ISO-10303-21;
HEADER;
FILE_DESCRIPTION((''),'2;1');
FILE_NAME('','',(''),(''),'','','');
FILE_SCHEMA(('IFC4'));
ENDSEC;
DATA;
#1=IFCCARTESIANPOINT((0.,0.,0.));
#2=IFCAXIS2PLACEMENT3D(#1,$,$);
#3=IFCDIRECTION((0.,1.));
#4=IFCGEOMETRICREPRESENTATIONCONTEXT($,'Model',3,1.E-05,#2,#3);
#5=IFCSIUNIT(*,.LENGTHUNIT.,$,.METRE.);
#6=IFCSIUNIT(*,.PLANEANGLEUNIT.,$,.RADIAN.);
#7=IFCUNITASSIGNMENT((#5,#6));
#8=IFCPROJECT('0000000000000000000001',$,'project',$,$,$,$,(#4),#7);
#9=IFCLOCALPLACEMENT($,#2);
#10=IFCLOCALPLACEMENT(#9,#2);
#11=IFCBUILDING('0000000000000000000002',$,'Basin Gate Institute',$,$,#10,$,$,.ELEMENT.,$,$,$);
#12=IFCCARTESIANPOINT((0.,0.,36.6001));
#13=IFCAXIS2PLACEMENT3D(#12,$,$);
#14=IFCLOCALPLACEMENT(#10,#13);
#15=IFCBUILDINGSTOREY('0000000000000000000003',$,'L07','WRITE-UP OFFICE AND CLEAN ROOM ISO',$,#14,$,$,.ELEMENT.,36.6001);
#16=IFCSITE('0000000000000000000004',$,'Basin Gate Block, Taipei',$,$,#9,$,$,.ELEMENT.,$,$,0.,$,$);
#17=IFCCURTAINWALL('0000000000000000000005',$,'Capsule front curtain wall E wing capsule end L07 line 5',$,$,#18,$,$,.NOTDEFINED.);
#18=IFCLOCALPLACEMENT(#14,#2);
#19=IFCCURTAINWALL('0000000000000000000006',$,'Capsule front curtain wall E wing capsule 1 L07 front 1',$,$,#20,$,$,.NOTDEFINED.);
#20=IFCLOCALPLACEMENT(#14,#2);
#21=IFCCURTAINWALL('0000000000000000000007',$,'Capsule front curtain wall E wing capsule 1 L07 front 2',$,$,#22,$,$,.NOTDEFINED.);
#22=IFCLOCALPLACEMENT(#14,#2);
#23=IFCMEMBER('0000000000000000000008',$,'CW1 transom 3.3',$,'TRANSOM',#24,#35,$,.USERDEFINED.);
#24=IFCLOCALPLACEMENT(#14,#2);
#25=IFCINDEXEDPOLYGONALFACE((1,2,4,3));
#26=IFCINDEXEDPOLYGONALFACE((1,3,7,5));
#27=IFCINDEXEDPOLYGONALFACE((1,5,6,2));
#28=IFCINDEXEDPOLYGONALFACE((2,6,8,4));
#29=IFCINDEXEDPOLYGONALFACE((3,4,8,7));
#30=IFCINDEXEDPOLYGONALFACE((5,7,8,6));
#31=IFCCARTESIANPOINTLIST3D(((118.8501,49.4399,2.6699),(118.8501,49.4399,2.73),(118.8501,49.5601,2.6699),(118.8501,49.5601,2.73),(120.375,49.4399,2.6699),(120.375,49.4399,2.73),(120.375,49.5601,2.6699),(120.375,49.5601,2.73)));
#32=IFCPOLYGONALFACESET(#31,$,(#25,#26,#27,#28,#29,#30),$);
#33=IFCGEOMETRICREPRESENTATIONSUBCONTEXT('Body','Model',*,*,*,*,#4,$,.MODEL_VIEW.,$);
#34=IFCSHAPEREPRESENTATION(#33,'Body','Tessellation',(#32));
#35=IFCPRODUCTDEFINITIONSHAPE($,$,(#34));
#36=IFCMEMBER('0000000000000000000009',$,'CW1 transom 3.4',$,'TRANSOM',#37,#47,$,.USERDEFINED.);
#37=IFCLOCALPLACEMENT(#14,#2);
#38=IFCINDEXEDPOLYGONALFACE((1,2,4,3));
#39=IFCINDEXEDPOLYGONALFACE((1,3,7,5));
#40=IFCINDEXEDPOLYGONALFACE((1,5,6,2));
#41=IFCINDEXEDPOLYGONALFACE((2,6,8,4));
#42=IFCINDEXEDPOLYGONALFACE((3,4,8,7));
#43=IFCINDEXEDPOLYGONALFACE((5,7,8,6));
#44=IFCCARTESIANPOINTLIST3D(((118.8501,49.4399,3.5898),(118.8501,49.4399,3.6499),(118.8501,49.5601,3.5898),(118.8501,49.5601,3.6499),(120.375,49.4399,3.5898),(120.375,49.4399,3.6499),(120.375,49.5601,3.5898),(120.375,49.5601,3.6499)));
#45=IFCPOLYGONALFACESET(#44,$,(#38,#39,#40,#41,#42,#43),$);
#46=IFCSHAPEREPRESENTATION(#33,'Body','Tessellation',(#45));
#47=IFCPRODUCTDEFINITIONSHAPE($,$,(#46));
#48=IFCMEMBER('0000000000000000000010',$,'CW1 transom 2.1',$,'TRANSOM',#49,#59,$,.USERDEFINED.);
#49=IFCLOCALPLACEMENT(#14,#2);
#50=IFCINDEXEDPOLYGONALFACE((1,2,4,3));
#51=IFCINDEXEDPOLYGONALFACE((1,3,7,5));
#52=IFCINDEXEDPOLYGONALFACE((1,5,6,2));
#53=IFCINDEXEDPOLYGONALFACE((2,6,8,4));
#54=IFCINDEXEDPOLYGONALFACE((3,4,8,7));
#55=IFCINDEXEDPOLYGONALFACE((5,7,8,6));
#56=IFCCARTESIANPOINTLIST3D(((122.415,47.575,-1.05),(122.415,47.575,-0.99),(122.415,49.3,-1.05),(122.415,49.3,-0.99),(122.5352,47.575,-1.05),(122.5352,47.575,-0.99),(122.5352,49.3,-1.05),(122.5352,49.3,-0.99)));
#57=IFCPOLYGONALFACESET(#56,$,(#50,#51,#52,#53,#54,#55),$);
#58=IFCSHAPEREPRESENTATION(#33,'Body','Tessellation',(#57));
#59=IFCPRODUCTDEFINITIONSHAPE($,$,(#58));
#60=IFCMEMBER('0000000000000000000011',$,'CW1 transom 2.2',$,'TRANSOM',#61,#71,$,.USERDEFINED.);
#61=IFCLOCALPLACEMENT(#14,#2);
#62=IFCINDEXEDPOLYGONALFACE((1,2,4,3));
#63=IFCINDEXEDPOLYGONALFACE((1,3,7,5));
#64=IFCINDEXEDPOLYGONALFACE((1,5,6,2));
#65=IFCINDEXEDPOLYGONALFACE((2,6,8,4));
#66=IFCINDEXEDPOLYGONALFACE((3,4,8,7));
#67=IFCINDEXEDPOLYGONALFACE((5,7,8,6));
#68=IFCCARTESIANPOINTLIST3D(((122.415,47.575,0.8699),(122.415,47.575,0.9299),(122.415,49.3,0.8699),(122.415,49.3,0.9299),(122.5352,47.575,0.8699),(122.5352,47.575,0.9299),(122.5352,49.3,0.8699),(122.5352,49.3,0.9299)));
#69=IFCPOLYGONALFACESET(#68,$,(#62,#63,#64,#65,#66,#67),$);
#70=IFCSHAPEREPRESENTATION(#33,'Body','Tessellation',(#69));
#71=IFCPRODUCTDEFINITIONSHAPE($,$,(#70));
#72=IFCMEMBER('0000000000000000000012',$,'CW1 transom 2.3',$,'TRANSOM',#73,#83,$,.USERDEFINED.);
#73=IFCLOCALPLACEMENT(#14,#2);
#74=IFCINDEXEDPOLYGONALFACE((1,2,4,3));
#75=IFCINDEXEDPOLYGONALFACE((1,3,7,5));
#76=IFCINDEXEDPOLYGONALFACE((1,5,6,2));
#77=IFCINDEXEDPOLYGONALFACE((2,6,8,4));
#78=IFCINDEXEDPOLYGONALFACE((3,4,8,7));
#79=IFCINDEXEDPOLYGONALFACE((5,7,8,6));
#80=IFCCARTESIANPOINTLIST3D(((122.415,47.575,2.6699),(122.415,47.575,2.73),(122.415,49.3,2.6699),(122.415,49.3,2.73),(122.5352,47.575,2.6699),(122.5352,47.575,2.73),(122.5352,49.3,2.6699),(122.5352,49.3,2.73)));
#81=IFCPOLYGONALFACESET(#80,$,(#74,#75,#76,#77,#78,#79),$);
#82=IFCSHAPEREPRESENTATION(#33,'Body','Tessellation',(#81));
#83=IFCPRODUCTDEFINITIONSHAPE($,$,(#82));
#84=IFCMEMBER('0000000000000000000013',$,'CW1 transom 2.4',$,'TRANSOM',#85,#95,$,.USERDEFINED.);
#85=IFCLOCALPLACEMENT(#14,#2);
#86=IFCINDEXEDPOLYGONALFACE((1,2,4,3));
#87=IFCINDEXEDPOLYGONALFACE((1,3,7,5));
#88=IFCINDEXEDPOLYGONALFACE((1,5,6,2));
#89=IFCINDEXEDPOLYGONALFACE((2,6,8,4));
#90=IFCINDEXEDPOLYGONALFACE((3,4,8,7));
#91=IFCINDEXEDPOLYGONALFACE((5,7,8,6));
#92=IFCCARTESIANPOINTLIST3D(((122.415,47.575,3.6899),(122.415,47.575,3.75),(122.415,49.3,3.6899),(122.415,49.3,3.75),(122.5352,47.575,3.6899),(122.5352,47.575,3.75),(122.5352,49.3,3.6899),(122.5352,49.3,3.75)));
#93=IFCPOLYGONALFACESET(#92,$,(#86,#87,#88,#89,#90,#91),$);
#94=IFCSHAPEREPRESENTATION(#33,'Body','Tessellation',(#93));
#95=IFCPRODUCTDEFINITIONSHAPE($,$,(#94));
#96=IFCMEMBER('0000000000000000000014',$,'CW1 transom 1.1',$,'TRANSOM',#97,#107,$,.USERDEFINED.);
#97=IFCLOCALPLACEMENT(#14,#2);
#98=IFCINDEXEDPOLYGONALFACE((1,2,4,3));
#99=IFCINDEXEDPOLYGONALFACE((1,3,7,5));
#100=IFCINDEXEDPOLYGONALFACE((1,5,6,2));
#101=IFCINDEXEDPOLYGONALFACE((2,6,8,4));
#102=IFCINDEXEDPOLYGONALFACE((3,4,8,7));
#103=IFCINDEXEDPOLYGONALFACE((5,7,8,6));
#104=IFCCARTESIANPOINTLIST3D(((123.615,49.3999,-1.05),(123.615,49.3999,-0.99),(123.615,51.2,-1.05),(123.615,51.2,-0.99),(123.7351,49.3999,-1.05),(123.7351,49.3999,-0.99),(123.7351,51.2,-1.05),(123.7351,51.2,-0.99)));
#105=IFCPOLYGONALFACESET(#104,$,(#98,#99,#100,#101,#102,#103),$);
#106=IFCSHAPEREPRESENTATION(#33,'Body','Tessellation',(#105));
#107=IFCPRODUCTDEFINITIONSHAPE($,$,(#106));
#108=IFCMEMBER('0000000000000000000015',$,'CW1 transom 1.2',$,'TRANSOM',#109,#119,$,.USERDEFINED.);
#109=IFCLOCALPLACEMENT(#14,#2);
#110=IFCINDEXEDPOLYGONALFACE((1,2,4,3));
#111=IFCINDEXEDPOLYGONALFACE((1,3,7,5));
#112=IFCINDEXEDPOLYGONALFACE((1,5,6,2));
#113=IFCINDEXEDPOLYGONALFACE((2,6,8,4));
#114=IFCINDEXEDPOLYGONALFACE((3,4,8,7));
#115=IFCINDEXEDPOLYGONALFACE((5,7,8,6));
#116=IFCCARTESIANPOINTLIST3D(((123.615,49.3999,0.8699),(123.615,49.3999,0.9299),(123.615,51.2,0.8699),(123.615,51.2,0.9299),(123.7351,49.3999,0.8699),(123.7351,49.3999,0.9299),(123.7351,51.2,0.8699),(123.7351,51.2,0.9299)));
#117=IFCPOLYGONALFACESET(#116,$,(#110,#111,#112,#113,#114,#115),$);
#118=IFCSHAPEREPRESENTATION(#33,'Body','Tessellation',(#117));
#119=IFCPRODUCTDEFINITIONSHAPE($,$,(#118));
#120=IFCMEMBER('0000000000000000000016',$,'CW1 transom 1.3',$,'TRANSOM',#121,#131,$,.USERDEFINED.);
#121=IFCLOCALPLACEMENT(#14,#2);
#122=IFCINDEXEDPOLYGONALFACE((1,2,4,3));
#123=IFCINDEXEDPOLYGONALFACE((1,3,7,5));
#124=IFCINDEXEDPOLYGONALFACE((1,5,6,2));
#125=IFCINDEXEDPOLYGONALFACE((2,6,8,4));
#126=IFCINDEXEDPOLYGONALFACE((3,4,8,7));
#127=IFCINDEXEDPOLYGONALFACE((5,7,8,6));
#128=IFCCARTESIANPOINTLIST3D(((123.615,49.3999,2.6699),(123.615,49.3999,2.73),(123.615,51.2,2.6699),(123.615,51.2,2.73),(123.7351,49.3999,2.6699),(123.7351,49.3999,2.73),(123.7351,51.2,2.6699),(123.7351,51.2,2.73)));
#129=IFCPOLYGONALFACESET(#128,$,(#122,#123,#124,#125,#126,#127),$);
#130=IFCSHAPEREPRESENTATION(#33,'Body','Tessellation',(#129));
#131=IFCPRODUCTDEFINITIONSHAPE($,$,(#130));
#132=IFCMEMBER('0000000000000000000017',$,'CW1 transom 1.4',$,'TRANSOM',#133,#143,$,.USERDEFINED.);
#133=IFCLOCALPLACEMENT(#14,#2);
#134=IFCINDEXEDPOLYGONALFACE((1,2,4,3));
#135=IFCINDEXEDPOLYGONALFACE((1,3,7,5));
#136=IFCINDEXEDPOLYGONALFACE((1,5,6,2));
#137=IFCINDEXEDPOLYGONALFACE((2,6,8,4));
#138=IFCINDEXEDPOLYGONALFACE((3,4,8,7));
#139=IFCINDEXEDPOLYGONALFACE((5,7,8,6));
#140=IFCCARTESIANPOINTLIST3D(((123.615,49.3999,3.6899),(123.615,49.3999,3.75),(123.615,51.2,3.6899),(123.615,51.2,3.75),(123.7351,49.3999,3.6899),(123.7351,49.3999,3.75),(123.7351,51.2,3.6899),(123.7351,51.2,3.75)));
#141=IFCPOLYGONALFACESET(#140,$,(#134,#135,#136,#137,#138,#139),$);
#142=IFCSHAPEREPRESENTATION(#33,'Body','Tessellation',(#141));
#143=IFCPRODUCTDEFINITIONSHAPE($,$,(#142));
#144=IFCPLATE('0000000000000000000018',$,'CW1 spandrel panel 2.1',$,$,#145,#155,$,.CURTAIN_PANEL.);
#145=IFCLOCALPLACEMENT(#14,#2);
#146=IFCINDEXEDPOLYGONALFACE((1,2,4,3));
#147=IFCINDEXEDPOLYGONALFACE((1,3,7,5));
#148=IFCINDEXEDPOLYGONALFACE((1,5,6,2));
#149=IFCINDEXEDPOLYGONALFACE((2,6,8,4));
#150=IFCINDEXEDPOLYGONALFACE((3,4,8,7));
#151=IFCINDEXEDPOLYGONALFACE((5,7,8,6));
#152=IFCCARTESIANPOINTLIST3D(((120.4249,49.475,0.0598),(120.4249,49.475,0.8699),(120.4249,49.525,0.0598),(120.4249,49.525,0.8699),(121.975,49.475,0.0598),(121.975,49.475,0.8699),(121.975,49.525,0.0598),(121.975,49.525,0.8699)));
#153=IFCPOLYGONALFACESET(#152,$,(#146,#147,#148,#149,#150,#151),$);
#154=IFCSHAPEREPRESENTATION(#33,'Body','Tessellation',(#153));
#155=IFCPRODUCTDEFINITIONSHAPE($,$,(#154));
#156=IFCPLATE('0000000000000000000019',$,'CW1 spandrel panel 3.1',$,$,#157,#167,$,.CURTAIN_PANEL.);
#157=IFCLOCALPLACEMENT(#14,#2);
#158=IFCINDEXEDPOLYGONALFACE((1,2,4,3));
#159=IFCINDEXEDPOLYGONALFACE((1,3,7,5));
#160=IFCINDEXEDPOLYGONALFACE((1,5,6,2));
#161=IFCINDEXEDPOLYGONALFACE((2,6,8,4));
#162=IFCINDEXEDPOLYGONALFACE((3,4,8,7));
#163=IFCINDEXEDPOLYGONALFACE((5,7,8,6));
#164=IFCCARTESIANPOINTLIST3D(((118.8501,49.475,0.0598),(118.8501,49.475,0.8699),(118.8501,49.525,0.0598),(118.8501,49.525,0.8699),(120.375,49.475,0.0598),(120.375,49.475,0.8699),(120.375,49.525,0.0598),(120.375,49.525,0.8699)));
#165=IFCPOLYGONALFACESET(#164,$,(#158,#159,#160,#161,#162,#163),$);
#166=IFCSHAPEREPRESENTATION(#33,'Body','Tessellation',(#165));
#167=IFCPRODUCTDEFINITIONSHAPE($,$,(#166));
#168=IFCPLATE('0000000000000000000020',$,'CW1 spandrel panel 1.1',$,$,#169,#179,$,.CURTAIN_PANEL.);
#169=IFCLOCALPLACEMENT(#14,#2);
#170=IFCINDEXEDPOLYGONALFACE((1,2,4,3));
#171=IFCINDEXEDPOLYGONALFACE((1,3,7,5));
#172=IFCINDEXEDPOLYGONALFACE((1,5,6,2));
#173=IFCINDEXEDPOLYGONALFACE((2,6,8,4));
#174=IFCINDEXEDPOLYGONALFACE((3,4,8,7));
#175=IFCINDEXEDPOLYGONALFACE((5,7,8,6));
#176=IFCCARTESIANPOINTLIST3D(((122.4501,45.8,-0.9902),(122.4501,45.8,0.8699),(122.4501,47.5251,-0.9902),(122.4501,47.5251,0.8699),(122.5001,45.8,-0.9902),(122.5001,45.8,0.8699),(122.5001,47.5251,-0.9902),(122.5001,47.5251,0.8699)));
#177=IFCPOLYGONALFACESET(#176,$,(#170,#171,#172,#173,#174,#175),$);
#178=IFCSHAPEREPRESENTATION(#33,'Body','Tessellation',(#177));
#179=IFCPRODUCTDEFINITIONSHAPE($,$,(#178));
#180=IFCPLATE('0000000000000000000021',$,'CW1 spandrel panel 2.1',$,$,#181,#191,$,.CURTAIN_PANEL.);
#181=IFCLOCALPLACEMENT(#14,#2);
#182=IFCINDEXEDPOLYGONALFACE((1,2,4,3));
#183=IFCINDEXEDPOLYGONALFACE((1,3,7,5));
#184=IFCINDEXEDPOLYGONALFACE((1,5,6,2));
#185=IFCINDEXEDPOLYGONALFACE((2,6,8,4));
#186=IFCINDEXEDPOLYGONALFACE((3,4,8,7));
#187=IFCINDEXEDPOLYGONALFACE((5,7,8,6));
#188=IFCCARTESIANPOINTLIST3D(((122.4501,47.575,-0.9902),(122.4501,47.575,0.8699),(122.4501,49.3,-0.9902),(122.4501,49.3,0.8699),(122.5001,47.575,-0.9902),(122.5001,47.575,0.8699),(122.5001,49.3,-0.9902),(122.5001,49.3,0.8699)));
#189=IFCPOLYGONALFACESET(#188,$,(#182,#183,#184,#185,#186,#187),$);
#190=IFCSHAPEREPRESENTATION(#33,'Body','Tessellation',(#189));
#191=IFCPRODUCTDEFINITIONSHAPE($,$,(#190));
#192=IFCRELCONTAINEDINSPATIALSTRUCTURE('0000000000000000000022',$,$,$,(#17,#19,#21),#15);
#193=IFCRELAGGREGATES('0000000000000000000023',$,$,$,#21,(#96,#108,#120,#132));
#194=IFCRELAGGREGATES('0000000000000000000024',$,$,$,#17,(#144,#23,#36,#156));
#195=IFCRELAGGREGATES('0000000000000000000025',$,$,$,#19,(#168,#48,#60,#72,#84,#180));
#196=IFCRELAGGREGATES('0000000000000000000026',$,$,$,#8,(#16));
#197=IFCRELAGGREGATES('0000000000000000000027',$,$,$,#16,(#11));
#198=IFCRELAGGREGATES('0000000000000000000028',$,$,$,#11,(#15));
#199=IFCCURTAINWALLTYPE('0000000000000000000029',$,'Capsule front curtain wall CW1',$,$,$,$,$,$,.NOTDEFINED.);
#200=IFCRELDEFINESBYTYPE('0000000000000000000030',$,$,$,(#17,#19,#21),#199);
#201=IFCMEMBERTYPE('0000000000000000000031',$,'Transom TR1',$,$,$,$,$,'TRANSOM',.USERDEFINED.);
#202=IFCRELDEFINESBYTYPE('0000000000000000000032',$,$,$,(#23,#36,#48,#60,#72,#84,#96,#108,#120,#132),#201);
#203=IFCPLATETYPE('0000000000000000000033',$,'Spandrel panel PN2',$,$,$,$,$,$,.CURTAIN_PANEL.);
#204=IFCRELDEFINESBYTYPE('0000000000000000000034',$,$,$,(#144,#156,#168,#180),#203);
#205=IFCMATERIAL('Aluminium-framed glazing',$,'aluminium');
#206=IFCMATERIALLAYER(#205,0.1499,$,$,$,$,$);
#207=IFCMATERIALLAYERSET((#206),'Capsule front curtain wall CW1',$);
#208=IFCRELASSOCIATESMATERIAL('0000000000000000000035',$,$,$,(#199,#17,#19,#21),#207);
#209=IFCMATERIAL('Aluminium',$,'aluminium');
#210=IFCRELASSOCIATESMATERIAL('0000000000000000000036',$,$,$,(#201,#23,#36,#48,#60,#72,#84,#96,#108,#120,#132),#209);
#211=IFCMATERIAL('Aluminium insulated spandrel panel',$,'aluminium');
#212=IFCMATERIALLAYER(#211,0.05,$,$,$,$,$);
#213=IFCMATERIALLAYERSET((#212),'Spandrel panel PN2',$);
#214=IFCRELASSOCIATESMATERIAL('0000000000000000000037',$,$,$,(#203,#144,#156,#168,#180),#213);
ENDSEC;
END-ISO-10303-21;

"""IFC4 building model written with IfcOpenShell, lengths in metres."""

from ifc_helpers import new_model, si_unit, direction, frame, origin, origin_2d, place, context, subcontext, project, spatial, rectangle, extrude, material, layer, layer_set, material_profile, profile_set, type_object, element, aggregate, save


model = new_model("IFC4")

# Units and contexts
model_context = context("Model", 3, precision=1e-05, world=origin(), true_north=direction((0.0, 1.0)))
body_context = subcontext(model_context, "Body", "Model", "MODEL_VIEW")
ifc_project = project(units=[si_unit("LENGTHUNIT", "METRE"), si_unit("PLANEANGLEUNIT", "RADIAN")], contexts=[model_context])

# Site, building, storey
site_placement = place(None, origin())
site = spatial("IfcSite", under=ifc_project, at=site_placement, Name="Basin Gate Block, Taipei", CompositionType="ELEMENT", RefElevation=0.0)
building_placement = place(site_placement, origin())
building = spatial("IfcBuilding", under=site, at=building_placement, Name="Basin Gate Institute", CompositionType="ELEMENT")
storey_placement = place(building_placement, frame((0.0, 0.0, 36.6001)))
storey = spatial("IfcBuildingStorey", under=building, at=storey_placement, Name="L07", Description="WRITE-UP OFFICE AND CLEAN ROOM ISO", CompositionType="ELEMENT", Elevation=36.6001)

# Shared definitions
ifc_material_1 = material(Name="Aluminium-framed glazing", Category="aluminium")
ifc_layer_1 = layer(ifc_material_1, 0.1499)
ifc_layer_set_1 = layer_set([ifc_layer_1], Name="Capsule front curtain wall CW1")
curtain_wall_type = type_object("IfcCurtainWallType", Name="Capsule front curtain wall CW1", PredefinedType="NOTDEFINED", material=ifc_layer_set_1)

# Curtain walls
curtain_wall_1_placement = place(storey_placement, origin())
curtain_wall_1 = element("IfcCurtainWall", 1, at=curtain_wall_1_placement, inside=storey, type_object=curtain_wall_type, material=ifc_layer_set_1, Name="Capsule front curtain wall E wing capsule end L07 line 5", PredefinedType="NOTDEFINED")
curtain_wall_2_placement = place(storey_placement, origin())
curtain_wall_2 = element("IfcCurtainWall", 2, at=curtain_wall_2_placement, inside=storey, type_object=curtain_wall_type, material=ifc_layer_set_1, Name="Capsule front curtain wall E wing capsule 1 L07 front 1", PredefinedType="NOTDEFINED")

# Curtain wall
curtain_wall_3_placement = place(storey_placement, origin())
curtain_wall_3 = element("IfcCurtainWall", 3, at=curtain_wall_3_placement, inside=storey, type_object=curtain_wall_type, material=ifc_layer_set_1, Name="Capsule front curtain wall E wing capsule 1 L07 front 2", PredefinedType="NOTDEFINED")

# Members
ifc_material_2 = material(Name="Aluminium", Category="aluminium")
ifc_material_profile_1 = material_profile(ifc_material_2, rectangle(XDim=0.1201, YDim=0.0601, at=origin_2d()), Name="Transom TR1 120 x 60")
ifc_profile_set_1 = profile_set([ifc_material_profile_1], Name="Aluminium")
member_type_1 = type_object("IfcMemberType", Name="Transom TR1", ElementType="TRANSOM", PredefinedType="USERDEFINED", material=ifc_profile_set_1)
member_1_placement = place(storey_placement, frame((120.375, 49.5, 2.7), z_axis=(-1.0, 0.0, 0.0), x_axis=(0.0, -1.0, 0.0)))
member_1 = element("IfcMember", 4, at=member_1_placement, type_object=member_type_1, material=ifc_profile_set_1, Name="CW1 transom 3.3", ObjectType="TRANSOM", PredefinedType="USERDEFINED", context=body_context, shape_type="SweptSolid", body=[
    extrude(rectangle(XDim=0.1201, YDim=0.0601, at=origin_2d()), origin(), (0.0, 0.0, 1.0), 1.5249),
])
member_2_placement = place(storey_placement, frame((120.375, 49.5, 3.6199), z_axis=(-1.0, 0.0, 0.0), x_axis=(0.0, -1.0, 0.0)))
member_2 = element("IfcMember", 5, at=member_2_placement, type_object=member_type_1, material=ifc_profile_set_1, Name="CW1 transom 3.4", ObjectType="TRANSOM", PredefinedType="USERDEFINED", context=body_context, shape_type="SweptSolid", body=[
    extrude(rectangle(XDim=0.1201, YDim=0.0601, at=origin_2d()), origin(), (0.0, 0.0, 1.0), 1.5249),
])
member_3_placement = place(storey_placement, frame((122.4751, 47.575, -1.02), z_axis=(0.0, 1.0, 0.0), x_axis=(-1.0, 0.0, 0.0)))
member_3 = element("IfcMember", 6, at=member_3_placement, type_object=member_type_1, material=ifc_profile_set_1, Name="CW1 transom 2.1", ObjectType="TRANSOM", PredefinedType="USERDEFINED", context=body_context, shape_type="SweptSolid", body=[
    extrude(rectangle(XDim=0.1201, YDim=0.0601, at=origin_2d()), origin(), (0.0, 0.0, 1.0), 1.7251),
])
member_4_placement = place(storey_placement, frame((122.4751, 47.575, 0.8999), z_axis=(0.0, 1.0, 0.0), x_axis=(-1.0, 0.0, 0.0)))
member_4 = element("IfcMember", 7, at=member_4_placement, type_object=member_type_1, material=ifc_profile_set_1, Name="CW1 transom 2.2", ObjectType="TRANSOM", PredefinedType="USERDEFINED", context=body_context, shape_type="SweptSolid", body=[
    extrude(rectangle(XDim=0.1201, YDim=0.0601, at=origin_2d()), origin(), (0.0, 0.0, 1.0), 1.7251),
])
member_5_placement = place(storey_placement, frame((122.4751, 47.575, 2.7), z_axis=(0.0, 1.0, 0.0), x_axis=(-1.0, 0.0, 0.0)))
member_5 = element("IfcMember", 8, at=member_5_placement, type_object=member_type_1, material=ifc_profile_set_1, Name="CW1 transom 2.3", ObjectType="TRANSOM", PredefinedType="USERDEFINED", context=body_context, shape_type="SweptSolid", body=[
    extrude(rectangle(XDim=0.1201, YDim=0.0601, at=origin_2d()), origin(), (0.0, 0.0, 1.0), 1.7251),
])
member_6_placement = place(storey_placement, frame((122.4751, 47.575, 3.72), z_axis=(0.0, 1.0, 0.0), x_axis=(-1.0, 0.0, 0.0)))
member_6 = element("IfcMember", 9, at=member_6_placement, type_object=member_type_1, material=ifc_profile_set_1, Name="CW1 transom 2.4", ObjectType="TRANSOM", PredefinedType="USERDEFINED", context=body_context, shape_type="SweptSolid", body=[
    extrude(rectangle(XDim=0.1201, YDim=0.0601, at=origin_2d()), origin(), (0.0, 0.0, 1.0), 1.7251),
])
member_7_placement = place(storey_placement, frame((123.675, 49.3999, -1.02), z_axis=(0.0, 1.0, 0.0), x_axis=(-1.0, 0.0, 0.0)))
member_7 = element("IfcMember", 10, at=member_7_placement, type_object=member_type_1, material=ifc_profile_set_1, Name="CW1 transom 1.1", ObjectType="TRANSOM", PredefinedType="USERDEFINED", context=body_context, shape_type="SweptSolid", body=[
    extrude(rectangle(XDim=0.1201, YDim=0.0601, at=origin_2d()), origin(), (0.0, 0.0, 1.0), 1.8),
])
member_8_placement = place(storey_placement, frame((123.675, 49.3999, 0.8999), z_axis=(0.0, 1.0, 0.0), x_axis=(-1.0, 0.0, 0.0)))
member_8 = element("IfcMember", 11, at=member_8_placement, type_object=member_type_1, material=ifc_profile_set_1, Name="CW1 transom 1.2", ObjectType="TRANSOM", PredefinedType="USERDEFINED", context=body_context, shape_type="SweptSolid", body=[
    extrude(rectangle(XDim=0.1201, YDim=0.0601, at=origin_2d()), origin(), (0.0, 0.0, 1.0), 1.8),
])
member_9_placement = place(storey_placement, frame((123.675, 49.3999, 2.7), z_axis=(0.0, 1.0, 0.0), x_axis=(-1.0, 0.0, 0.0)))
member_9 = element("IfcMember", 12, at=member_9_placement, type_object=member_type_1, material=ifc_profile_set_1, Name="CW1 transom 1.3", ObjectType="TRANSOM", PredefinedType="USERDEFINED", context=body_context, shape_type="SweptSolid", body=[
    extrude(rectangle(XDim=0.1201, YDim=0.0601, at=origin_2d()), origin(), (0.0, 0.0, 1.0), 1.8),
])
member_10_placement = place(storey_placement, frame((123.675, 49.3999, 3.72), z_axis=(0.0, 1.0, 0.0), x_axis=(-1.0, 0.0, 0.0)))
member_10 = element("IfcMember", 13, at=member_10_placement, type_object=member_type_1, material=ifc_profile_set_1, Name="CW1 transom 1.4", ObjectType="TRANSOM", PredefinedType="USERDEFINED", context=body_context, shape_type="SweptSolid", body=[
    extrude(rectangle(XDim=0.1201, YDim=0.0601, at=origin_2d()), origin(), (0.0, 0.0, 1.0), 1.8),
])
aggregate(curtain_wall_3, [member_7, member_8, member_9, member_10])

# Plates
ifc_material_3 = material(Name="Aluminium insulated spandrel panel", Category="aluminium")
ifc_layer_2 = layer(ifc_material_3, 0.05)
ifc_layer_set_2 = layer_set([ifc_layer_2], Name="Spandrel panel PN2")
plate_type_1 = type_object("IfcPlateType", Name="Spandrel panel PN2", PredefinedType="CURTAIN_PANEL", material=ifc_layer_set_2)
plate_1_placement = place(storey_placement, frame((121.2, 49.5, 0.0598), z_axis=(0.0, 0.0, 1.0), x_axis=(-1.0, 0.0, 0.0)))
plate_1 = element("IfcPlate", 14, at=plate_1_placement, type_object=plate_type_1, material=ifc_layer_set_2, Name="CW1 spandrel panel 2.1", PredefinedType="CURTAIN_PANEL", context=body_context, shape_type="SweptSolid", body=[
    extrude(rectangle(XDim=1.55, YDim=0.05, at=origin_2d()), origin(), (0.0, 0.0, 1.0), 0.8101),
])
plate_2_placement = place(storey_placement, frame((119.6125, 49.5, 0.0598), z_axis=(0.0, 0.0, 1.0), x_axis=(-1.0, 0.0, 0.0)))
plate_2 = element("IfcPlate", 15, at=plate_2_placement, type_object=plate_type_1, material=ifc_layer_set_2, Name="CW1 spandrel panel 3.1", PredefinedType="CURTAIN_PANEL", context=body_context, shape_type="SweptSolid", body=[
    extrude(rectangle(XDim=1.5249, YDim=0.05, at=origin_2d()), origin(), (0.0, 0.0, 1.0), 0.8101),
])
plate_3_placement = place(storey_placement, frame((122.4751, 46.6626, -0.9902), z_axis=(0.0, 0.0, 1.0), x_axis=(0.0, 1.0, 0.0)))
plate_3 = element("IfcPlate", 16, at=plate_3_placement, type_object=plate_type_1, material=ifc_layer_set_2, Name="CW1 spandrel panel 1.1", PredefinedType="CURTAIN_PANEL", context=body_context, shape_type="SweptSolid", body=[
    extrude(rectangle(XDim=1.7251, YDim=0.05, at=origin_2d()), origin(), (0.0, 0.0, 1.0), 1.8601),
])
plate_4_placement = place(storey_placement, frame((122.4751, 48.4375, -0.9902), z_axis=(0.0, 0.0, 1.0), x_axis=(0.0, 1.0, 0.0)))
plate_4 = element("IfcPlate", 17, at=plate_4_placement, type_object=plate_type_1, material=ifc_layer_set_2, Name="CW1 spandrel panel 2.1", PredefinedType="CURTAIN_PANEL", context=body_context, shape_type="SweptSolid", body=[
    extrude(rectangle(XDim=1.7251, YDim=0.05, at=origin_2d()), origin(), (0.0, 0.0, 1.0), 1.8601),
])
aggregate(curtain_wall_1, [plate_1, member_1, member_2, plate_2])
aggregate(curtain_wall_2, [plate_3, member_3, member_4, member_5, member_6, plate_4])

save(model, "model.ifc")
